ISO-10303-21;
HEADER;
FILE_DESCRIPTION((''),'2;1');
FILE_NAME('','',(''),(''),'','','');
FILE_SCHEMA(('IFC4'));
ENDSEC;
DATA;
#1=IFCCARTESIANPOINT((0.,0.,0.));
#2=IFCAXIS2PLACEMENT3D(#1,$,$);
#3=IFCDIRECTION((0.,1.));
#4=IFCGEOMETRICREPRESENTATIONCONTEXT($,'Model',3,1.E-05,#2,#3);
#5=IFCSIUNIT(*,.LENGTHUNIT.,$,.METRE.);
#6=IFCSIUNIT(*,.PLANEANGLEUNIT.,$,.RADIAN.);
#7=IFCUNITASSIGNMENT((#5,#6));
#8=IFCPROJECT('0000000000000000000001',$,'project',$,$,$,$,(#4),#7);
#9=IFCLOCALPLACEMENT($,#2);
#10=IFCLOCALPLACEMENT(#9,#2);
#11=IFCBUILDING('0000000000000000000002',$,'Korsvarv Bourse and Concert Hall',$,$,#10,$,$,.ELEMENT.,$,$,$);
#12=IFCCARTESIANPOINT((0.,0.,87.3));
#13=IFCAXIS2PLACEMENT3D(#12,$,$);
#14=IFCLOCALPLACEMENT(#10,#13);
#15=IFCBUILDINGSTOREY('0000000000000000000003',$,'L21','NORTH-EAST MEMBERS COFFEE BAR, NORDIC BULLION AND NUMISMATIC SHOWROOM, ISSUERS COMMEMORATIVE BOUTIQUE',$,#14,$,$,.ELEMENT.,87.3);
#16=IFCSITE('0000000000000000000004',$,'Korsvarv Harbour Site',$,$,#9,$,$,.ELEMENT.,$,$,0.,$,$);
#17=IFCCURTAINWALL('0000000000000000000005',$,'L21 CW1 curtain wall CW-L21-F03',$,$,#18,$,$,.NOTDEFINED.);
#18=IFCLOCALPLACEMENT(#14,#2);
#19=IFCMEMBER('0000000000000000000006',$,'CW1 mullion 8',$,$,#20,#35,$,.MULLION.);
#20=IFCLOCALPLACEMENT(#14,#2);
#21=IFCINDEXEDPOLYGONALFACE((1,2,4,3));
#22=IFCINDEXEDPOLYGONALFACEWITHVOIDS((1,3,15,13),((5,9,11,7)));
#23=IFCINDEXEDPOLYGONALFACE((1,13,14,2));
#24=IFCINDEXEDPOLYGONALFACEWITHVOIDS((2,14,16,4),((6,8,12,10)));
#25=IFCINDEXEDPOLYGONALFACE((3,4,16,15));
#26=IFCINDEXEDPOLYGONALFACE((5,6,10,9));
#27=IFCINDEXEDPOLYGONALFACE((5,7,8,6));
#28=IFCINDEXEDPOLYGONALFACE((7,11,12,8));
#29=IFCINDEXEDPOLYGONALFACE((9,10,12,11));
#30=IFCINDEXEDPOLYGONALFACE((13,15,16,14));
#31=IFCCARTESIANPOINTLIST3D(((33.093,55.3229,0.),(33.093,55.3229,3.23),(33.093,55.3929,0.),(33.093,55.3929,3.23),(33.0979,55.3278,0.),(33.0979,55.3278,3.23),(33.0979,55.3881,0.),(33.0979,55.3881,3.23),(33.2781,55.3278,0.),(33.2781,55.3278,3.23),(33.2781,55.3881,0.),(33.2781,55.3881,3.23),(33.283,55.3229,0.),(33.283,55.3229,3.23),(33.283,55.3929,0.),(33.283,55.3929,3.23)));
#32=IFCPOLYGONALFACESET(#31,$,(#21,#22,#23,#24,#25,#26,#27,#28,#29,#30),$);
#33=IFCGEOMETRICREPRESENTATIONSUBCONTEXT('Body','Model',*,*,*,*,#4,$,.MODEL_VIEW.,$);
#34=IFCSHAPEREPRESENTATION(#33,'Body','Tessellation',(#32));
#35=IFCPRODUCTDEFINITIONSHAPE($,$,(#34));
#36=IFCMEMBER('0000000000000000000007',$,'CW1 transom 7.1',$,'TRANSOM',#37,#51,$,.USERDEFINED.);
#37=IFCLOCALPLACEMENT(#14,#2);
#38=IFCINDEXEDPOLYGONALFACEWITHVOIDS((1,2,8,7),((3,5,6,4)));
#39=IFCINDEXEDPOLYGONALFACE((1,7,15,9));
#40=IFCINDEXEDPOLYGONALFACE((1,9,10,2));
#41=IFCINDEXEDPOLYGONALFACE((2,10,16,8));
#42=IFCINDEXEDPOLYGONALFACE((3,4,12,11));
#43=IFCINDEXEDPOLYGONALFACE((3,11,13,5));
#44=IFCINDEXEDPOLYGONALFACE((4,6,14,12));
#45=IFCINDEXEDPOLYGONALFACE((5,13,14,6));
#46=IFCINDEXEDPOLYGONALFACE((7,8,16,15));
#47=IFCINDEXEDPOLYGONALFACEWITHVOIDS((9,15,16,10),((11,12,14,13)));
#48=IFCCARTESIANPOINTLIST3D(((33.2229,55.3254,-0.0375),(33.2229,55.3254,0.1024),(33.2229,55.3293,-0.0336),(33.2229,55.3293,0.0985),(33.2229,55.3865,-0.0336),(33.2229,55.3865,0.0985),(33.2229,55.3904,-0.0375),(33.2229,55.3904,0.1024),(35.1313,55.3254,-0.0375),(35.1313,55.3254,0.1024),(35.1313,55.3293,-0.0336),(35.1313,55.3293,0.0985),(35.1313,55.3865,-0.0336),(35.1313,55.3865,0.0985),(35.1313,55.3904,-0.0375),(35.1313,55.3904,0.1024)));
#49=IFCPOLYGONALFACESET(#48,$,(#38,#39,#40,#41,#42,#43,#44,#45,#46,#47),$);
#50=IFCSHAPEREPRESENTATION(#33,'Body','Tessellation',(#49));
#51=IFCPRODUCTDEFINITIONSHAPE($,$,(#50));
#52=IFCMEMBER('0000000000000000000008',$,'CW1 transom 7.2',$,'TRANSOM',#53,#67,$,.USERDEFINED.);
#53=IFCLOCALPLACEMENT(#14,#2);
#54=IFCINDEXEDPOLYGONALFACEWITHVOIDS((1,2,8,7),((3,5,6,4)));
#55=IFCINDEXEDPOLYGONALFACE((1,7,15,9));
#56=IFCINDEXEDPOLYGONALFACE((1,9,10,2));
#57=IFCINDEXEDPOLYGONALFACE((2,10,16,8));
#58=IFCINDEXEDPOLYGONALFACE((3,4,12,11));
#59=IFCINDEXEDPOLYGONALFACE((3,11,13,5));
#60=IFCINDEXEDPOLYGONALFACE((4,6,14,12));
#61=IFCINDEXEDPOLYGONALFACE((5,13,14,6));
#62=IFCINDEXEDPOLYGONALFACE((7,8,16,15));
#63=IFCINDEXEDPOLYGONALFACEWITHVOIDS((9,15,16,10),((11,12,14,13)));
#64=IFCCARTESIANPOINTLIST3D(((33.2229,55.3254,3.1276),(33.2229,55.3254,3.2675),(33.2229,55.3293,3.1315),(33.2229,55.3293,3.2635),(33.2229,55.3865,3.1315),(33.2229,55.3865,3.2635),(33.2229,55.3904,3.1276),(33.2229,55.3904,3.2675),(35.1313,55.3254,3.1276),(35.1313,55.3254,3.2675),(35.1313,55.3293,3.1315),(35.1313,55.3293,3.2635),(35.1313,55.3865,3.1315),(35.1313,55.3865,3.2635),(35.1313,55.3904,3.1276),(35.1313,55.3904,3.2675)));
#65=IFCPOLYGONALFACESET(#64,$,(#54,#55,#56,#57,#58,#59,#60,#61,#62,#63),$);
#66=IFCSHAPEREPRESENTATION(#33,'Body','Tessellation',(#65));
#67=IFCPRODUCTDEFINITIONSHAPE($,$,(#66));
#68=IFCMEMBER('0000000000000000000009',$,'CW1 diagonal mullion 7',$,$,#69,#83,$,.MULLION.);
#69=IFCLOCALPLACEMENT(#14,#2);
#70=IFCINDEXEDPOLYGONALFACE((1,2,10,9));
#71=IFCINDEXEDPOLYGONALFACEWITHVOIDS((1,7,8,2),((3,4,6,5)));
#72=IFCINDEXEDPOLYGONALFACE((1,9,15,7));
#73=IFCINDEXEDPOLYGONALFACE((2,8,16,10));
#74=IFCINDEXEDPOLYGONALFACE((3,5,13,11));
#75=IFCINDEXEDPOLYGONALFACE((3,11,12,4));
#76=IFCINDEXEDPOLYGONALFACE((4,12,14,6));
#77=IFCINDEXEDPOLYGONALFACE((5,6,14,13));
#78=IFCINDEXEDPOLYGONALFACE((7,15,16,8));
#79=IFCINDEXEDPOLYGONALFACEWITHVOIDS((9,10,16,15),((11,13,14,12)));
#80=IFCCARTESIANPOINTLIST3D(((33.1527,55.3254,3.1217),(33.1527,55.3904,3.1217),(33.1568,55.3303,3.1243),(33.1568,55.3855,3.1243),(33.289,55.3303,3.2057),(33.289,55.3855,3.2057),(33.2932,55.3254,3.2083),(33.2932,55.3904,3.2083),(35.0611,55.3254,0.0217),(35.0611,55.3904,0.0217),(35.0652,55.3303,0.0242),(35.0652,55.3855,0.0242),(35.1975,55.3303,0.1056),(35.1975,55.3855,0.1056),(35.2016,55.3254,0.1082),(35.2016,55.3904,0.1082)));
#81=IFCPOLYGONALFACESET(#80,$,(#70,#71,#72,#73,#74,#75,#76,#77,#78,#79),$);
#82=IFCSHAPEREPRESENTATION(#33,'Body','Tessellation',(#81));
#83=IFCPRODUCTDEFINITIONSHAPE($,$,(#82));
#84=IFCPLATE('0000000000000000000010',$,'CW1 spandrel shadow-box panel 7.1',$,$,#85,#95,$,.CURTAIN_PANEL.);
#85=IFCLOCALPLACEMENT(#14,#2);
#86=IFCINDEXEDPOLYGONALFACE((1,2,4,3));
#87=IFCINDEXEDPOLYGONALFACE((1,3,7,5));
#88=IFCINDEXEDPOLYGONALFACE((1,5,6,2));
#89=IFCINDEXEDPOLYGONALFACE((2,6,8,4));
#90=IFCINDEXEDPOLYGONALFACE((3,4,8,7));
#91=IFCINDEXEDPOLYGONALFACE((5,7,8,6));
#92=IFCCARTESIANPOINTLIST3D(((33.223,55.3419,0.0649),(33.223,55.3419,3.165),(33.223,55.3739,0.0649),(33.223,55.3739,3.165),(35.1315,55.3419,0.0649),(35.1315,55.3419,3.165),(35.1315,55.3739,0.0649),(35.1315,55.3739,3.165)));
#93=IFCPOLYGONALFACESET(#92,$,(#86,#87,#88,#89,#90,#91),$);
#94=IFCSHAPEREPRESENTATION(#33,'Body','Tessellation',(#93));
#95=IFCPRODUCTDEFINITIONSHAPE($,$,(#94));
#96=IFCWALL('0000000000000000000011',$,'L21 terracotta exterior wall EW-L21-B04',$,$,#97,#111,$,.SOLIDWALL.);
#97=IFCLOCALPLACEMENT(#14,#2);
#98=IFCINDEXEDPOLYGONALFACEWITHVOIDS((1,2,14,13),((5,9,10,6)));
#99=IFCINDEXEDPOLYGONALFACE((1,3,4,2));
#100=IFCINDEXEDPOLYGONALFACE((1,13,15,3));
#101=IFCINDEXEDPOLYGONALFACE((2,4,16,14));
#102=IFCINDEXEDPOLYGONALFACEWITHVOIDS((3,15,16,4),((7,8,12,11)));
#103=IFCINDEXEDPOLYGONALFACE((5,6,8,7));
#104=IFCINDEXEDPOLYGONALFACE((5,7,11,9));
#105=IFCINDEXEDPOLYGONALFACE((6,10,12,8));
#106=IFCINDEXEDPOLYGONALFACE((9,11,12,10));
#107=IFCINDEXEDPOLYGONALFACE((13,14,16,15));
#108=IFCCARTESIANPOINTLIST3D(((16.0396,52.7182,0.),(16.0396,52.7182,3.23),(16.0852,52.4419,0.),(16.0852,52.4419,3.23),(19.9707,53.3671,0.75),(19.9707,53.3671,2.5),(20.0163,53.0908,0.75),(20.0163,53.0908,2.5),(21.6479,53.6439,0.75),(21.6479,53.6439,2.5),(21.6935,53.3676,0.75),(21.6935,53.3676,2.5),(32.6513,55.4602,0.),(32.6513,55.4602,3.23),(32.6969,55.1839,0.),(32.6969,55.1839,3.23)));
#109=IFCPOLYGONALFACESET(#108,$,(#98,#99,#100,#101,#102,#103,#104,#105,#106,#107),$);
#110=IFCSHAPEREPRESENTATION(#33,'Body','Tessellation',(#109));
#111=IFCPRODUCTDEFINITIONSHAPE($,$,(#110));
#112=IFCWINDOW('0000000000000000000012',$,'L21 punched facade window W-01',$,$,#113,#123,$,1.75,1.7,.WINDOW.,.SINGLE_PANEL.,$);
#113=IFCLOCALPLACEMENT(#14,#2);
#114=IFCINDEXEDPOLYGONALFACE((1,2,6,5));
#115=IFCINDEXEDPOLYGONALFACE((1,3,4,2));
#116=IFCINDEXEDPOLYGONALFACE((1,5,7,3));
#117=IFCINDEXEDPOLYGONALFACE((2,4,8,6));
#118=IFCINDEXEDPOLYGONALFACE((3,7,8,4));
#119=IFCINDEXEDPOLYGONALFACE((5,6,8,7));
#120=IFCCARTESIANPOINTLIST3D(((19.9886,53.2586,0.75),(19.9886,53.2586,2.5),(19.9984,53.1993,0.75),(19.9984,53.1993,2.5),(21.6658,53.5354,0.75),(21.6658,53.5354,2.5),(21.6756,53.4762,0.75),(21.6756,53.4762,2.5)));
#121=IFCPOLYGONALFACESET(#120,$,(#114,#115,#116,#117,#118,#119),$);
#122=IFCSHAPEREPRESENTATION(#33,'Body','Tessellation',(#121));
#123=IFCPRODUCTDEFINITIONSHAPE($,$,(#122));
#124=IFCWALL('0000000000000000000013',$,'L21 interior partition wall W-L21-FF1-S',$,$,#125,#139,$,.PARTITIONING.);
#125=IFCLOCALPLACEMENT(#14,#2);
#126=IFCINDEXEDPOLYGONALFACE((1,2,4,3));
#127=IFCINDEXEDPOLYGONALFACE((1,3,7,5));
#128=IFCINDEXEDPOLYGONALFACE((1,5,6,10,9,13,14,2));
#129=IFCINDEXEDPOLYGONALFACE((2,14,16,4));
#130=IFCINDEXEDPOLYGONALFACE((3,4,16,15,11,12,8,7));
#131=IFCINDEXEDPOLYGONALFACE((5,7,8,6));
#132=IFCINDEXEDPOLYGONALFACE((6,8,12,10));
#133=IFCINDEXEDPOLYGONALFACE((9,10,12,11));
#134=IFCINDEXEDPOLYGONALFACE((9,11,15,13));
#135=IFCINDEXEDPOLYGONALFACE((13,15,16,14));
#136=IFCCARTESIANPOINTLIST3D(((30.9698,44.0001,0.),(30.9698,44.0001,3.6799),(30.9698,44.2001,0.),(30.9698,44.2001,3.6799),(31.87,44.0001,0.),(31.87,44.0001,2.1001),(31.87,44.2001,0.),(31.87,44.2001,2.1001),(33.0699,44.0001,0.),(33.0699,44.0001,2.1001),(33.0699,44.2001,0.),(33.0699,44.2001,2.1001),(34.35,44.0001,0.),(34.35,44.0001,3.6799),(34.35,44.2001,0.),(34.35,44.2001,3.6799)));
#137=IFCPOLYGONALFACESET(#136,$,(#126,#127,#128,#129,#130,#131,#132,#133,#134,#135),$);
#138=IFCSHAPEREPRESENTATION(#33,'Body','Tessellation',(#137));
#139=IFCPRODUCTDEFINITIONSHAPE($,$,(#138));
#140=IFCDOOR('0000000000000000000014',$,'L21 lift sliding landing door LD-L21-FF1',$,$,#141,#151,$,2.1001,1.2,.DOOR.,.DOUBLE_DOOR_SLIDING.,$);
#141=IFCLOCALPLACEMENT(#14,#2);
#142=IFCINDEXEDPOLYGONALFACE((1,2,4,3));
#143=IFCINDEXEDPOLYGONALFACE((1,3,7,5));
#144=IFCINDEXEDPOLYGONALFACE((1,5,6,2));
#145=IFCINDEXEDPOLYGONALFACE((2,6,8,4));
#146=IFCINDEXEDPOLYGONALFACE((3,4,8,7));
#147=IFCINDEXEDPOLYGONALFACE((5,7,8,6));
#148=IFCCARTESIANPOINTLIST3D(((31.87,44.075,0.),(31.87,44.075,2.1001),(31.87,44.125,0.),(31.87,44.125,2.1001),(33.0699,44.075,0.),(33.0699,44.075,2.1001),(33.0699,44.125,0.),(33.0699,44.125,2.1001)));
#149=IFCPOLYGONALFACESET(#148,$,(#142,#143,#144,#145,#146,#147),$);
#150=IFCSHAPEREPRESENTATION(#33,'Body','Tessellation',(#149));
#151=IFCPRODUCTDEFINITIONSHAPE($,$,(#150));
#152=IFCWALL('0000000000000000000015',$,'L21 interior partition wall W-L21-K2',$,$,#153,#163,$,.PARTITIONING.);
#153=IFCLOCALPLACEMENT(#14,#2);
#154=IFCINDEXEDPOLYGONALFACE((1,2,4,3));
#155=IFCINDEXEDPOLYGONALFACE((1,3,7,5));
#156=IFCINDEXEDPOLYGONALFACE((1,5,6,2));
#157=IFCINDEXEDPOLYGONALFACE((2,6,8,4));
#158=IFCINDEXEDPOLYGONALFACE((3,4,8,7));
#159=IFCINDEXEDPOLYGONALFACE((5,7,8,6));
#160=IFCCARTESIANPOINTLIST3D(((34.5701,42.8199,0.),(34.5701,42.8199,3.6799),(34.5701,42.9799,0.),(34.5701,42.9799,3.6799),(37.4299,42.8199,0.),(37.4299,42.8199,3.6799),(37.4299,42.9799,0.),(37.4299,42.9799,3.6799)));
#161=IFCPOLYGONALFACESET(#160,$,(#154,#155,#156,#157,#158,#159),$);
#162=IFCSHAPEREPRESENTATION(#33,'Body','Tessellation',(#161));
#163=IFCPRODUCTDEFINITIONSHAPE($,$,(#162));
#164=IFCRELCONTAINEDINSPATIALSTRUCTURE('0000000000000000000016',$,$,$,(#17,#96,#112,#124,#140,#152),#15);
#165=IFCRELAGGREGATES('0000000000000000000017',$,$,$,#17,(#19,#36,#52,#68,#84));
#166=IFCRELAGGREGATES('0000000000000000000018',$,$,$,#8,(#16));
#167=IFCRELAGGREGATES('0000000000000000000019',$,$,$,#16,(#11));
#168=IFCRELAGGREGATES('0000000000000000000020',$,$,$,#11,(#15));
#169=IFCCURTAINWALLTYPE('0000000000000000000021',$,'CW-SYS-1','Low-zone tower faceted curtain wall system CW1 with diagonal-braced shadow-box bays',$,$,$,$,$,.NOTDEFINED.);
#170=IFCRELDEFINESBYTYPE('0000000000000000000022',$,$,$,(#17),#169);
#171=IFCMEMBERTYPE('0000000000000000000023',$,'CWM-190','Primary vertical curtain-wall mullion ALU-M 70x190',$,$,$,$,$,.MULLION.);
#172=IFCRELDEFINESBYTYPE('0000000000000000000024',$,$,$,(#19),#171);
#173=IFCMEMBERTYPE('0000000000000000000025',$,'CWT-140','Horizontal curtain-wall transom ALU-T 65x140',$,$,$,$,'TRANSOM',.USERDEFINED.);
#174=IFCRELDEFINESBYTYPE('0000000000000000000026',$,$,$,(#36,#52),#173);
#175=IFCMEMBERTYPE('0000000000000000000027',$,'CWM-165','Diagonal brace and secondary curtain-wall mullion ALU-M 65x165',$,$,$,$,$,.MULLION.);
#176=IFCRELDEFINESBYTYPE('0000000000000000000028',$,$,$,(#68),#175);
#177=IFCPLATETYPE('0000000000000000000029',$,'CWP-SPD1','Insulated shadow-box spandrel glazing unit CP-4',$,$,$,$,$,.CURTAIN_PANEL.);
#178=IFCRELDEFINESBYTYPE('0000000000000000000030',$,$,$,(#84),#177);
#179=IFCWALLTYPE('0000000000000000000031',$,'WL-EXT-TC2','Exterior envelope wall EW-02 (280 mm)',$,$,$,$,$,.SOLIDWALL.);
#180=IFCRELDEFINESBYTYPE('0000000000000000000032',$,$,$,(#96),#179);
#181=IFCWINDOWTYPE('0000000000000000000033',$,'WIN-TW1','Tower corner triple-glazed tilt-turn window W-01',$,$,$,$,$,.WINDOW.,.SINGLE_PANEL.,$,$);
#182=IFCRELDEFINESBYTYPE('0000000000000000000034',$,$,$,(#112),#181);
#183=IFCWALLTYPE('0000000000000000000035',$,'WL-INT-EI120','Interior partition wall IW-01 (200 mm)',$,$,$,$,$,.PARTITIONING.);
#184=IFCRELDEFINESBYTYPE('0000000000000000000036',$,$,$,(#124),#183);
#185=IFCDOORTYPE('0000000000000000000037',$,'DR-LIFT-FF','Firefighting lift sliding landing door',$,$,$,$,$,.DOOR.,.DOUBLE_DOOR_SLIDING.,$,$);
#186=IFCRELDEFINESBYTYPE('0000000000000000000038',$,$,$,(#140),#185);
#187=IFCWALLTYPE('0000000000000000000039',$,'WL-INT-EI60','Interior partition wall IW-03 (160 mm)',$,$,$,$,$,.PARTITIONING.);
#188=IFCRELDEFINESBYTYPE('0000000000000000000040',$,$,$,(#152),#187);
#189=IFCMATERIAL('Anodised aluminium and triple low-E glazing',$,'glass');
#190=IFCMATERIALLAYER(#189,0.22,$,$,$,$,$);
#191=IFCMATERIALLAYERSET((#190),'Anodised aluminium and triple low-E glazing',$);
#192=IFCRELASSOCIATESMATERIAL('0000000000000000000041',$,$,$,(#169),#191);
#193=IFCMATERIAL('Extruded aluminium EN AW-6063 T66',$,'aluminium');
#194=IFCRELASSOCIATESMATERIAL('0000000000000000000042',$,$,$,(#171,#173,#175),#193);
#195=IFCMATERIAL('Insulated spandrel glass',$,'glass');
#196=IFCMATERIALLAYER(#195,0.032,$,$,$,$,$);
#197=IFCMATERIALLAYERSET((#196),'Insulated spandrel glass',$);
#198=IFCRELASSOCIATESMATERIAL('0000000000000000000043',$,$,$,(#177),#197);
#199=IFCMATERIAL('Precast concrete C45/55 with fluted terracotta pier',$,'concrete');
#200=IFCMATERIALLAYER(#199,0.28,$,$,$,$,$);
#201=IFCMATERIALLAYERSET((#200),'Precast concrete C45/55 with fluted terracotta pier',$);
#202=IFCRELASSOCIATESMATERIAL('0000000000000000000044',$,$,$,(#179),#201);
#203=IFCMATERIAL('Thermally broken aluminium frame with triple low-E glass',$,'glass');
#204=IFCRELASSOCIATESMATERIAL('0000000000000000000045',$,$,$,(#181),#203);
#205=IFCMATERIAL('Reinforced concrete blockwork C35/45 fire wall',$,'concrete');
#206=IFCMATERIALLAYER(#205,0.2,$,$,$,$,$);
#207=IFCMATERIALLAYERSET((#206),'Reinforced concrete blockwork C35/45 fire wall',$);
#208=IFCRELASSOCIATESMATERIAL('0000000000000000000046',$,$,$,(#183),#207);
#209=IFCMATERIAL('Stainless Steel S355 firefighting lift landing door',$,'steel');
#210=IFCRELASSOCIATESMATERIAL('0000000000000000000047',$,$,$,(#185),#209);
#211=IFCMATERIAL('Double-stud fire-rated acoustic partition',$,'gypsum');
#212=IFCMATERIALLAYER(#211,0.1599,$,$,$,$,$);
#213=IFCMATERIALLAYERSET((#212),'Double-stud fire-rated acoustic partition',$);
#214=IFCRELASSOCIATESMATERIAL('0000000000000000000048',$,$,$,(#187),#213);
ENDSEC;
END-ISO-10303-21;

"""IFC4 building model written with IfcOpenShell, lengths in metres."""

from ifc_helpers import new_model, si_unit, direction, frame, frame_2d, origin, origin_2d, place, context, subcontext, project, spatial, rectangle, hollow_rectangle, extrude, source, transform, mapped, material, layer, layer_set, material_profile, profile_set, type_object, element, fill, aggregate, save


model = new_model("IFC4")

# Units and contexts
model_context = context("Model", 3, precision=1e-05, world=origin(), true_north=direction((0.0, 1.0)))
body_context = subcontext(model_context, "Body", "Model", "MODEL_VIEW")
ifc_project = project(units=[si_unit("LENGTHUNIT", "METRE"), si_unit("PLANEANGLEUNIT", "RADIAN")], contexts=[model_context])

# Site, building, storey
site_placement = place(None, origin())
site = spatial("IfcSite", under=ifc_project, at=site_placement, Name="Korsvarv Harbour Site", CompositionType="ELEMENT", RefElevation=0.0)
building_placement = place(site_placement, origin())
building = spatial("IfcBuilding", under=site, at=building_placement, Name="Korsvarv Bourse and Concert Hall", CompositionType="ELEMENT")
storey_placement = place(building_placement, frame((0.0, 0.0, 87.3)))
storey = spatial("IfcBuildingStorey", under=building, at=storey_placement, Name="L21", Description="NORTH-EAST MEMBERS COFFEE BAR, NORDIC BULLION AND NUMISMATIC SHOWROOM, ISSUERS COMMEMORATIVE BOUTIQUE", CompositionType="ELEMENT", Elevation=87.3)

# Curtain wall, members, plate
ifc_material_1 = material(Name="Anodised aluminium and triple low-E glazing", Category="glass")
ifc_layer_1 = layer(ifc_material_1, 0.22)
ifc_layer_set_1 = layer_set([ifc_layer_1], Name="Anodised aluminium and triple low-E glazing")
curtain_wall_type = type_object("IfcCurtainWallType", Name="CW-SYS-1", Description="Low-zone tower faceted curtain wall system CW1 with diagonal-braced shadow-box bays", PredefinedType="NOTDEFINED", material=ifc_layer_set_1)
curtain_wall_placement = place(storey_placement, origin())
curtain_wall = element("IfcCurtainWall", 1, at=curtain_wall_placement, inside=storey, type_object=curtain_wall_type, Name="L21 CW1 curtain wall CW-L21-F03", PredefinedType="NOTDEFINED")
ifc_material_2 = material(Name="Extruded aluminium EN AW-6063 T66", Category="aluminium")
ifc_material_profile_1 = material_profile(ifc_material_2, hollow_rectangle(XDim=0.0701, YDim=0.1899, WallThickness=0.0049, at=origin_2d()), Name="ALU-M 70x190")
ifc_profile_set_1 = profile_set([ifc_material_profile_1], Name="Extruded aluminium EN AW-6063 T66")
member_type_1 = type_object("IfcMemberType", Name="CWM-190", Description="Primary vertical curtain-wall mullion ALU-M 70x190", PredefinedType="MULLION", material=ifc_profile_set_1)
shared_shape_1 = source(origin(), body_context, "Body", "SweptSolid", [
    extrude(hollow_rectangle(XDim=0.0701, YDim=0.1899, WallThickness=0.0049, at=origin_2d()), origin(), (0.0, 0.0, 1.0), 3.23),
])
member_1_placement = place(storey_placement, frame((33.188, 55.3579, 0.0), z_axis=(0.0, 0.0, 1.0), x_axis=(0.0, -1.0, 0.0)))
member_1 = element("IfcMember", 2, at=member_1_placement, type_object=member_type_1, Name="CW1 mullion 8", PredefinedType="MULLION", context=body_context, shape_type="MappedRepresentation", body=[
    mapped(shared_shape_1, transform((0.0, 0.0, 0.0), scale=1.0)),
])
ifc_material_profile_2 = material_profile(ifc_material_2, hollow_rectangle(XDim=0.0649, YDim=0.1399, WallThickness=0.0039, at=origin_2d()), Name="ALU-T 65x140")
ifc_profile_set_2 = profile_set([ifc_material_profile_2], Name="Extruded aluminium EN AW-6063 T66")
member_type_2 = type_object("IfcMemberType", Name="CWT-140", Description="Horizontal curtain-wall transom ALU-T 65x140", ElementType="TRANSOM", PredefinedType="USERDEFINED", material=ifc_profile_set_2)
shared_shape_2 = source(origin(), body_context, "Body", "SweptSolid", [
    extrude(hollow_rectangle(XDim=0.0649, YDim=0.1399, WallThickness=0.0039, at=origin_2d()), origin(), (0.0, 0.0, 1.0), 1.9084),
])
member_2_placement = place(storey_placement, frame((35.1313, 55.3579, 0.0325), z_axis=(-1.0, 0.0, 0.0), x_axis=(0.0, -1.0, 0.0)))
member_2 = element("IfcMember", 3, at=member_2_placement, type_object=member_type_2, Name="CW1 transom 7.1", ObjectType="TRANSOM", PredefinedType="USERDEFINED", context=body_context, shape_type="MappedRepresentation", body=[
    mapped(shared_shape_2, transform((0.0, 0.0, 0.0), scale=1.0)),
])
member_3_placement = place(storey_placement, frame((35.1313, 55.3579, 3.1975), z_axis=(-1.0, 0.0, 0.0), x_axis=(0.0, -1.0, 0.0)))
member_3 = element("IfcMember", 4, at=member_3_placement, type_object=member_type_2, Name="CW1 transom 7.2", ObjectType="TRANSOM", PredefinedType="USERDEFINED", context=body_context, shape_type="MappedRepresentation", body=[
    mapped(shared_shape_2, transform((0.0, 0.0, 0.0), scale=1.0)),
])
ifc_material_profile_3 = material_profile(ifc_material_2, hollow_rectangle(XDim=0.0649, YDim=0.165, WallThickness=0.0049, at=origin_2d()), Name="ALU-M 65x165")
ifc_profile_set_3 = profile_set([ifc_material_profile_3], Name="Extruded aluminium EN AW-6063 T66")
member_type_3 = type_object("IfcMemberType", Name="CWM-165", Description="Diagonal brace and secondary curtain-wall mullion ALU-M 65x165", PredefinedType="MULLION", material=ifc_profile_set_3)
shared_shape_3 = source(origin(), body_context, "Body", "SweptSolid", [
    extrude(hollow_rectangle(XDim=0.0649, YDim=0.165, WallThickness=0.0049, at=origin_2d()), origin(), (0.0, 0.0, 1.0), 3.6404),
])
member_4_placement = place(storey_placement, frame((35.1313, 55.3579, 0.0649), z_axis=(-0.524236, 0.0, 0.851573), x_axis=(0.0, -1.0, 0.0)))
member_4 = element("IfcMember", 5, at=member_4_placement, type_object=member_type_3, Name="CW1 diagonal mullion 7", PredefinedType="MULLION", context=body_context, shape_type="MappedRepresentation", body=[
    mapped(shared_shape_3, transform((0.0, 0.0, 0.0), scale=1.0)),
])
ifc_material_3 = material(Name="Insulated spandrel glass", Category="glass")
ifc_layer_2 = layer(ifc_material_3, 0.032)
ifc_layer_set_2 = layer_set([ifc_layer_2], Name="Insulated spandrel glass")
plate_type = type_object("IfcPlateType", Name="CWP-SPD1", Description="Insulated shadow-box spandrel glazing unit CP-4", PredefinedType="CURTAIN_PANEL", material=ifc_layer_set_2)
shared_shape_4 = source(origin(), body_context, "Body", "SweptSolid", [
    extrude(rectangle(XDim=1.9084, YDim=0.032, at=origin_2d()), origin(), (0.0, 0.0, 1.0), 3.1001),
])
plate_placement = place(storey_placement, frame((34.1772, 55.3579, 0.0649), z_axis=(0.0, 0.0, 1.0), x_axis=(-1.0, 0.0, 0.0)))
plate = element("IfcPlate", 6, at=plate_placement, type_object=plate_type, Name="CW1 spandrel shadow-box panel 7.1", PredefinedType="CURTAIN_PANEL", context=body_context, shape_type="MappedRepresentation", body=[
    mapped(shared_shape_4, transform((0.0, 0.0, 0.0), scale=1.0)),
])
aggregate(curtain_wall, [member_1, member_2, member_3, member_4, plate])

# Wall, opening, window
ifc_material_4 = material(Name="Precast concrete C45/55 with fluted terracotta pier", Category="concrete")
ifc_layer_3 = layer(ifc_material_4, 0.28)
ifc_layer_set_3 = layer_set([ifc_layer_3], Name="Precast concrete C45/55 with fluted terracotta pier")
wall_type_1 = type_object("IfcWallType", Name="WL-EXT-TC2", Description="Exterior envelope wall EW-02 (280 mm)", PredefinedType="SOLIDWALL", material=ifc_layer_set_3)
wall_1_placement = place(storey_placement, frame((32.6741, 55.322, 0.0), z_axis=(0.0, 0.0, 1.0), x_axis=(-0.986649, -0.162859, 0.0)))
wall_1 = element("IfcWall", 7, at=wall_1_placement, inside=storey, type_object=wall_type_1, Name="L21 terracotta exterior wall EW-L21-B04", PredefinedType="SOLIDWALL", context=body_context, shape_type="SweptSolid", body=[
    extrude(rectangle(XDim=16.8364, YDim=0.28, at=frame_2d((8.4182, 0.0))), origin(), (0.0, 0.0, 1.0), 3.23),
])
opening_1_placement = place(wall_1_placement, frame((11.1521, 0.0, 0.75)))
opening_1 = element("IfcOpeningElement", 8, at=opening_1_placement, cuts=wall_1, PredefinedType="OPENING", context=body_context, shape_type="SweptSolid", body=[
    extrude(rectangle(XDim=1.7, YDim=1.75, at=frame_2d((0.8501, 0.875))), frame((0.0, 0.1499, 0.0), z_axis=(0.0, -1.0, 0.0), x_axis=(1.0, 0.0, 0.0)), (0.0, 0.0, 1.0), 0.3),
])
ifc_material_5 = material(Name="Thermally broken aluminium frame with triple low-E glass", Category="glass")
window_type = type_object("IfcWindowType", Name="WIN-TW1", Description="Tower corner triple-glazed tilt-turn window W-01", PartitioningType="SINGLE_PANEL", PredefinedType="WINDOW", material=ifc_material_5)
window_placement = place(opening_1_placement, origin())
window = element("IfcWindow", 9, at=window_placement, inside=storey, type_object=window_type, Name="L21 punched facade window W-01", OverallHeight=1.75, OverallWidth=1.7, PartitioningType="SINGLE_PANEL", PredefinedType="WINDOW", context=body_context, shape_type="SweptSolid", body=[
    extrude(rectangle(XDim=1.7, YDim=1.75, at=frame_2d((0.8501, 0.875))), frame((0.0, 0.03, 0.0), z_axis=(0.0, -1.0, 0.0), x_axis=(1.0, 0.0, 0.0)), (0.0, 0.0, 1.0), 0.0601),
])
fill(opening_1, window)

# Wall, opening, door
ifc_material_6 = material(Name="Reinforced concrete blockwork C35/45 fire wall", Category="concrete")
ifc_layer_4 = layer(ifc_material_6, 0.2)
ifc_layer_set_4 = layer_set([ifc_layer_4], Name="Reinforced concrete blockwork C35/45 fire wall")
wall_type_2 = type_object("IfcWallType", Name="WL-INT-EI120", Description="Interior partition wall IW-01 (200 mm)", PredefinedType="PARTITIONING", material=ifc_layer_set_4)
wall_2_placement = place(storey_placement, frame((30.97, 44.1001, 0.0), z_axis=(0.0, 0.0, 1.0), x_axis=(1.0, 0.0, 0.0)))
wall_2 = element("IfcWall", 10, at=wall_2_placement, inside=storey, type_object=wall_type_2, Name="L21 interior partition wall W-L21-FF1-S", PredefinedType="PARTITIONING", context=body_context, shape_type="SweptSolid", body=[
    extrude(rectangle(XDim=3.3801, YDim=0.2, at=frame_2d((1.6899, 0.0))), origin(), (0.0, 0.0, 1.0), 3.6799),
])
opening_2_placement = place(wall_2_placement, frame((0.8999, 0.0, 0.0)))
opening_2 = element("IfcOpeningElement", 11, at=opening_2_placement, cuts=wall_2, PredefinedType="OPENING", context=body_context, shape_type="SweptSolid", body=[
    extrude(rectangle(XDim=1.2, YDim=2.1001, at=frame_2d((0.6001, 1.05))), frame((0.0, 0.1099, 0.0), z_axis=(0.0, -1.0, 0.0), x_axis=(1.0, 0.0, 0.0)), (0.0, 0.0, 1.0), 0.22),
])
ifc_material_7 = material(Name="Stainless Steel S355 firefighting lift landing door", Category="steel")
door_type = type_object("IfcDoorType", Name="DR-LIFT-FF", Description="Firefighting lift sliding landing door", OperationType="DOUBLE_DOOR_SLIDING", PredefinedType="DOOR", material=ifc_material_7)
door_placement = place(opening_2_placement, origin())
door = element("IfcDoor", 12, at=door_placement, inside=storey, type_object=door_type, Name="L21 lift sliding landing door LD-L21-FF1", OperationType="DOUBLE_DOOR_SLIDING", OverallHeight=2.1001, OverallWidth=1.2, PredefinedType="DOOR", context=body_context, shape_type="SweptSolid", body=[
    extrude(rectangle(XDim=1.2, YDim=2.1001, at=frame_2d((0.6001, 1.05))), frame((0.0, 0.0249, 0.0), z_axis=(0.0, -1.0, 0.0), x_axis=(1.0, 0.0, 0.0)), (0.0, 0.0, 1.0), 0.05),
])
fill(opening_2, door)

# Wall
ifc_material_8 = material(Name="Double-stud fire-rated acoustic partition", Category="gypsum")
ifc_layer_5 = layer(ifc_material_8, 0.1599)
ifc_layer_set_5 = layer_set([ifc_layer_5], Name="Double-stud fire-rated acoustic partition")
wall_type_3 = type_object("IfcWallType", Name="WL-INT-EI60", Description="Interior partition wall IW-03 (160 mm)", PredefinedType="PARTITIONING", material=ifc_layer_set_5)
for number, where, z_axis, x_axis, name in (
    (13, (34.5701, 42.8999, 0.0), (0.0, 0.0, 1.0), (1.0, 0.0, 0.0), "L21 interior partition wall W-L21-K2"),
):
    element("IfcWall", number, at=place(storey_placement, frame(where, z_axis=z_axis, x_axis=x_axis)), inside=storey, type_object=wall_type_3, Name=name, PredefinedType="PARTITIONING", context=body_context, shape_type="SweptSolid", body=[
        extrude(rectangle(XDim=2.8599, YDim=0.1599, at=frame_2d((1.4299, 0.0))), origin(), (0.0, 0.0, 1.0), 3.6799),
    ])

save(model, "model.ifc")
